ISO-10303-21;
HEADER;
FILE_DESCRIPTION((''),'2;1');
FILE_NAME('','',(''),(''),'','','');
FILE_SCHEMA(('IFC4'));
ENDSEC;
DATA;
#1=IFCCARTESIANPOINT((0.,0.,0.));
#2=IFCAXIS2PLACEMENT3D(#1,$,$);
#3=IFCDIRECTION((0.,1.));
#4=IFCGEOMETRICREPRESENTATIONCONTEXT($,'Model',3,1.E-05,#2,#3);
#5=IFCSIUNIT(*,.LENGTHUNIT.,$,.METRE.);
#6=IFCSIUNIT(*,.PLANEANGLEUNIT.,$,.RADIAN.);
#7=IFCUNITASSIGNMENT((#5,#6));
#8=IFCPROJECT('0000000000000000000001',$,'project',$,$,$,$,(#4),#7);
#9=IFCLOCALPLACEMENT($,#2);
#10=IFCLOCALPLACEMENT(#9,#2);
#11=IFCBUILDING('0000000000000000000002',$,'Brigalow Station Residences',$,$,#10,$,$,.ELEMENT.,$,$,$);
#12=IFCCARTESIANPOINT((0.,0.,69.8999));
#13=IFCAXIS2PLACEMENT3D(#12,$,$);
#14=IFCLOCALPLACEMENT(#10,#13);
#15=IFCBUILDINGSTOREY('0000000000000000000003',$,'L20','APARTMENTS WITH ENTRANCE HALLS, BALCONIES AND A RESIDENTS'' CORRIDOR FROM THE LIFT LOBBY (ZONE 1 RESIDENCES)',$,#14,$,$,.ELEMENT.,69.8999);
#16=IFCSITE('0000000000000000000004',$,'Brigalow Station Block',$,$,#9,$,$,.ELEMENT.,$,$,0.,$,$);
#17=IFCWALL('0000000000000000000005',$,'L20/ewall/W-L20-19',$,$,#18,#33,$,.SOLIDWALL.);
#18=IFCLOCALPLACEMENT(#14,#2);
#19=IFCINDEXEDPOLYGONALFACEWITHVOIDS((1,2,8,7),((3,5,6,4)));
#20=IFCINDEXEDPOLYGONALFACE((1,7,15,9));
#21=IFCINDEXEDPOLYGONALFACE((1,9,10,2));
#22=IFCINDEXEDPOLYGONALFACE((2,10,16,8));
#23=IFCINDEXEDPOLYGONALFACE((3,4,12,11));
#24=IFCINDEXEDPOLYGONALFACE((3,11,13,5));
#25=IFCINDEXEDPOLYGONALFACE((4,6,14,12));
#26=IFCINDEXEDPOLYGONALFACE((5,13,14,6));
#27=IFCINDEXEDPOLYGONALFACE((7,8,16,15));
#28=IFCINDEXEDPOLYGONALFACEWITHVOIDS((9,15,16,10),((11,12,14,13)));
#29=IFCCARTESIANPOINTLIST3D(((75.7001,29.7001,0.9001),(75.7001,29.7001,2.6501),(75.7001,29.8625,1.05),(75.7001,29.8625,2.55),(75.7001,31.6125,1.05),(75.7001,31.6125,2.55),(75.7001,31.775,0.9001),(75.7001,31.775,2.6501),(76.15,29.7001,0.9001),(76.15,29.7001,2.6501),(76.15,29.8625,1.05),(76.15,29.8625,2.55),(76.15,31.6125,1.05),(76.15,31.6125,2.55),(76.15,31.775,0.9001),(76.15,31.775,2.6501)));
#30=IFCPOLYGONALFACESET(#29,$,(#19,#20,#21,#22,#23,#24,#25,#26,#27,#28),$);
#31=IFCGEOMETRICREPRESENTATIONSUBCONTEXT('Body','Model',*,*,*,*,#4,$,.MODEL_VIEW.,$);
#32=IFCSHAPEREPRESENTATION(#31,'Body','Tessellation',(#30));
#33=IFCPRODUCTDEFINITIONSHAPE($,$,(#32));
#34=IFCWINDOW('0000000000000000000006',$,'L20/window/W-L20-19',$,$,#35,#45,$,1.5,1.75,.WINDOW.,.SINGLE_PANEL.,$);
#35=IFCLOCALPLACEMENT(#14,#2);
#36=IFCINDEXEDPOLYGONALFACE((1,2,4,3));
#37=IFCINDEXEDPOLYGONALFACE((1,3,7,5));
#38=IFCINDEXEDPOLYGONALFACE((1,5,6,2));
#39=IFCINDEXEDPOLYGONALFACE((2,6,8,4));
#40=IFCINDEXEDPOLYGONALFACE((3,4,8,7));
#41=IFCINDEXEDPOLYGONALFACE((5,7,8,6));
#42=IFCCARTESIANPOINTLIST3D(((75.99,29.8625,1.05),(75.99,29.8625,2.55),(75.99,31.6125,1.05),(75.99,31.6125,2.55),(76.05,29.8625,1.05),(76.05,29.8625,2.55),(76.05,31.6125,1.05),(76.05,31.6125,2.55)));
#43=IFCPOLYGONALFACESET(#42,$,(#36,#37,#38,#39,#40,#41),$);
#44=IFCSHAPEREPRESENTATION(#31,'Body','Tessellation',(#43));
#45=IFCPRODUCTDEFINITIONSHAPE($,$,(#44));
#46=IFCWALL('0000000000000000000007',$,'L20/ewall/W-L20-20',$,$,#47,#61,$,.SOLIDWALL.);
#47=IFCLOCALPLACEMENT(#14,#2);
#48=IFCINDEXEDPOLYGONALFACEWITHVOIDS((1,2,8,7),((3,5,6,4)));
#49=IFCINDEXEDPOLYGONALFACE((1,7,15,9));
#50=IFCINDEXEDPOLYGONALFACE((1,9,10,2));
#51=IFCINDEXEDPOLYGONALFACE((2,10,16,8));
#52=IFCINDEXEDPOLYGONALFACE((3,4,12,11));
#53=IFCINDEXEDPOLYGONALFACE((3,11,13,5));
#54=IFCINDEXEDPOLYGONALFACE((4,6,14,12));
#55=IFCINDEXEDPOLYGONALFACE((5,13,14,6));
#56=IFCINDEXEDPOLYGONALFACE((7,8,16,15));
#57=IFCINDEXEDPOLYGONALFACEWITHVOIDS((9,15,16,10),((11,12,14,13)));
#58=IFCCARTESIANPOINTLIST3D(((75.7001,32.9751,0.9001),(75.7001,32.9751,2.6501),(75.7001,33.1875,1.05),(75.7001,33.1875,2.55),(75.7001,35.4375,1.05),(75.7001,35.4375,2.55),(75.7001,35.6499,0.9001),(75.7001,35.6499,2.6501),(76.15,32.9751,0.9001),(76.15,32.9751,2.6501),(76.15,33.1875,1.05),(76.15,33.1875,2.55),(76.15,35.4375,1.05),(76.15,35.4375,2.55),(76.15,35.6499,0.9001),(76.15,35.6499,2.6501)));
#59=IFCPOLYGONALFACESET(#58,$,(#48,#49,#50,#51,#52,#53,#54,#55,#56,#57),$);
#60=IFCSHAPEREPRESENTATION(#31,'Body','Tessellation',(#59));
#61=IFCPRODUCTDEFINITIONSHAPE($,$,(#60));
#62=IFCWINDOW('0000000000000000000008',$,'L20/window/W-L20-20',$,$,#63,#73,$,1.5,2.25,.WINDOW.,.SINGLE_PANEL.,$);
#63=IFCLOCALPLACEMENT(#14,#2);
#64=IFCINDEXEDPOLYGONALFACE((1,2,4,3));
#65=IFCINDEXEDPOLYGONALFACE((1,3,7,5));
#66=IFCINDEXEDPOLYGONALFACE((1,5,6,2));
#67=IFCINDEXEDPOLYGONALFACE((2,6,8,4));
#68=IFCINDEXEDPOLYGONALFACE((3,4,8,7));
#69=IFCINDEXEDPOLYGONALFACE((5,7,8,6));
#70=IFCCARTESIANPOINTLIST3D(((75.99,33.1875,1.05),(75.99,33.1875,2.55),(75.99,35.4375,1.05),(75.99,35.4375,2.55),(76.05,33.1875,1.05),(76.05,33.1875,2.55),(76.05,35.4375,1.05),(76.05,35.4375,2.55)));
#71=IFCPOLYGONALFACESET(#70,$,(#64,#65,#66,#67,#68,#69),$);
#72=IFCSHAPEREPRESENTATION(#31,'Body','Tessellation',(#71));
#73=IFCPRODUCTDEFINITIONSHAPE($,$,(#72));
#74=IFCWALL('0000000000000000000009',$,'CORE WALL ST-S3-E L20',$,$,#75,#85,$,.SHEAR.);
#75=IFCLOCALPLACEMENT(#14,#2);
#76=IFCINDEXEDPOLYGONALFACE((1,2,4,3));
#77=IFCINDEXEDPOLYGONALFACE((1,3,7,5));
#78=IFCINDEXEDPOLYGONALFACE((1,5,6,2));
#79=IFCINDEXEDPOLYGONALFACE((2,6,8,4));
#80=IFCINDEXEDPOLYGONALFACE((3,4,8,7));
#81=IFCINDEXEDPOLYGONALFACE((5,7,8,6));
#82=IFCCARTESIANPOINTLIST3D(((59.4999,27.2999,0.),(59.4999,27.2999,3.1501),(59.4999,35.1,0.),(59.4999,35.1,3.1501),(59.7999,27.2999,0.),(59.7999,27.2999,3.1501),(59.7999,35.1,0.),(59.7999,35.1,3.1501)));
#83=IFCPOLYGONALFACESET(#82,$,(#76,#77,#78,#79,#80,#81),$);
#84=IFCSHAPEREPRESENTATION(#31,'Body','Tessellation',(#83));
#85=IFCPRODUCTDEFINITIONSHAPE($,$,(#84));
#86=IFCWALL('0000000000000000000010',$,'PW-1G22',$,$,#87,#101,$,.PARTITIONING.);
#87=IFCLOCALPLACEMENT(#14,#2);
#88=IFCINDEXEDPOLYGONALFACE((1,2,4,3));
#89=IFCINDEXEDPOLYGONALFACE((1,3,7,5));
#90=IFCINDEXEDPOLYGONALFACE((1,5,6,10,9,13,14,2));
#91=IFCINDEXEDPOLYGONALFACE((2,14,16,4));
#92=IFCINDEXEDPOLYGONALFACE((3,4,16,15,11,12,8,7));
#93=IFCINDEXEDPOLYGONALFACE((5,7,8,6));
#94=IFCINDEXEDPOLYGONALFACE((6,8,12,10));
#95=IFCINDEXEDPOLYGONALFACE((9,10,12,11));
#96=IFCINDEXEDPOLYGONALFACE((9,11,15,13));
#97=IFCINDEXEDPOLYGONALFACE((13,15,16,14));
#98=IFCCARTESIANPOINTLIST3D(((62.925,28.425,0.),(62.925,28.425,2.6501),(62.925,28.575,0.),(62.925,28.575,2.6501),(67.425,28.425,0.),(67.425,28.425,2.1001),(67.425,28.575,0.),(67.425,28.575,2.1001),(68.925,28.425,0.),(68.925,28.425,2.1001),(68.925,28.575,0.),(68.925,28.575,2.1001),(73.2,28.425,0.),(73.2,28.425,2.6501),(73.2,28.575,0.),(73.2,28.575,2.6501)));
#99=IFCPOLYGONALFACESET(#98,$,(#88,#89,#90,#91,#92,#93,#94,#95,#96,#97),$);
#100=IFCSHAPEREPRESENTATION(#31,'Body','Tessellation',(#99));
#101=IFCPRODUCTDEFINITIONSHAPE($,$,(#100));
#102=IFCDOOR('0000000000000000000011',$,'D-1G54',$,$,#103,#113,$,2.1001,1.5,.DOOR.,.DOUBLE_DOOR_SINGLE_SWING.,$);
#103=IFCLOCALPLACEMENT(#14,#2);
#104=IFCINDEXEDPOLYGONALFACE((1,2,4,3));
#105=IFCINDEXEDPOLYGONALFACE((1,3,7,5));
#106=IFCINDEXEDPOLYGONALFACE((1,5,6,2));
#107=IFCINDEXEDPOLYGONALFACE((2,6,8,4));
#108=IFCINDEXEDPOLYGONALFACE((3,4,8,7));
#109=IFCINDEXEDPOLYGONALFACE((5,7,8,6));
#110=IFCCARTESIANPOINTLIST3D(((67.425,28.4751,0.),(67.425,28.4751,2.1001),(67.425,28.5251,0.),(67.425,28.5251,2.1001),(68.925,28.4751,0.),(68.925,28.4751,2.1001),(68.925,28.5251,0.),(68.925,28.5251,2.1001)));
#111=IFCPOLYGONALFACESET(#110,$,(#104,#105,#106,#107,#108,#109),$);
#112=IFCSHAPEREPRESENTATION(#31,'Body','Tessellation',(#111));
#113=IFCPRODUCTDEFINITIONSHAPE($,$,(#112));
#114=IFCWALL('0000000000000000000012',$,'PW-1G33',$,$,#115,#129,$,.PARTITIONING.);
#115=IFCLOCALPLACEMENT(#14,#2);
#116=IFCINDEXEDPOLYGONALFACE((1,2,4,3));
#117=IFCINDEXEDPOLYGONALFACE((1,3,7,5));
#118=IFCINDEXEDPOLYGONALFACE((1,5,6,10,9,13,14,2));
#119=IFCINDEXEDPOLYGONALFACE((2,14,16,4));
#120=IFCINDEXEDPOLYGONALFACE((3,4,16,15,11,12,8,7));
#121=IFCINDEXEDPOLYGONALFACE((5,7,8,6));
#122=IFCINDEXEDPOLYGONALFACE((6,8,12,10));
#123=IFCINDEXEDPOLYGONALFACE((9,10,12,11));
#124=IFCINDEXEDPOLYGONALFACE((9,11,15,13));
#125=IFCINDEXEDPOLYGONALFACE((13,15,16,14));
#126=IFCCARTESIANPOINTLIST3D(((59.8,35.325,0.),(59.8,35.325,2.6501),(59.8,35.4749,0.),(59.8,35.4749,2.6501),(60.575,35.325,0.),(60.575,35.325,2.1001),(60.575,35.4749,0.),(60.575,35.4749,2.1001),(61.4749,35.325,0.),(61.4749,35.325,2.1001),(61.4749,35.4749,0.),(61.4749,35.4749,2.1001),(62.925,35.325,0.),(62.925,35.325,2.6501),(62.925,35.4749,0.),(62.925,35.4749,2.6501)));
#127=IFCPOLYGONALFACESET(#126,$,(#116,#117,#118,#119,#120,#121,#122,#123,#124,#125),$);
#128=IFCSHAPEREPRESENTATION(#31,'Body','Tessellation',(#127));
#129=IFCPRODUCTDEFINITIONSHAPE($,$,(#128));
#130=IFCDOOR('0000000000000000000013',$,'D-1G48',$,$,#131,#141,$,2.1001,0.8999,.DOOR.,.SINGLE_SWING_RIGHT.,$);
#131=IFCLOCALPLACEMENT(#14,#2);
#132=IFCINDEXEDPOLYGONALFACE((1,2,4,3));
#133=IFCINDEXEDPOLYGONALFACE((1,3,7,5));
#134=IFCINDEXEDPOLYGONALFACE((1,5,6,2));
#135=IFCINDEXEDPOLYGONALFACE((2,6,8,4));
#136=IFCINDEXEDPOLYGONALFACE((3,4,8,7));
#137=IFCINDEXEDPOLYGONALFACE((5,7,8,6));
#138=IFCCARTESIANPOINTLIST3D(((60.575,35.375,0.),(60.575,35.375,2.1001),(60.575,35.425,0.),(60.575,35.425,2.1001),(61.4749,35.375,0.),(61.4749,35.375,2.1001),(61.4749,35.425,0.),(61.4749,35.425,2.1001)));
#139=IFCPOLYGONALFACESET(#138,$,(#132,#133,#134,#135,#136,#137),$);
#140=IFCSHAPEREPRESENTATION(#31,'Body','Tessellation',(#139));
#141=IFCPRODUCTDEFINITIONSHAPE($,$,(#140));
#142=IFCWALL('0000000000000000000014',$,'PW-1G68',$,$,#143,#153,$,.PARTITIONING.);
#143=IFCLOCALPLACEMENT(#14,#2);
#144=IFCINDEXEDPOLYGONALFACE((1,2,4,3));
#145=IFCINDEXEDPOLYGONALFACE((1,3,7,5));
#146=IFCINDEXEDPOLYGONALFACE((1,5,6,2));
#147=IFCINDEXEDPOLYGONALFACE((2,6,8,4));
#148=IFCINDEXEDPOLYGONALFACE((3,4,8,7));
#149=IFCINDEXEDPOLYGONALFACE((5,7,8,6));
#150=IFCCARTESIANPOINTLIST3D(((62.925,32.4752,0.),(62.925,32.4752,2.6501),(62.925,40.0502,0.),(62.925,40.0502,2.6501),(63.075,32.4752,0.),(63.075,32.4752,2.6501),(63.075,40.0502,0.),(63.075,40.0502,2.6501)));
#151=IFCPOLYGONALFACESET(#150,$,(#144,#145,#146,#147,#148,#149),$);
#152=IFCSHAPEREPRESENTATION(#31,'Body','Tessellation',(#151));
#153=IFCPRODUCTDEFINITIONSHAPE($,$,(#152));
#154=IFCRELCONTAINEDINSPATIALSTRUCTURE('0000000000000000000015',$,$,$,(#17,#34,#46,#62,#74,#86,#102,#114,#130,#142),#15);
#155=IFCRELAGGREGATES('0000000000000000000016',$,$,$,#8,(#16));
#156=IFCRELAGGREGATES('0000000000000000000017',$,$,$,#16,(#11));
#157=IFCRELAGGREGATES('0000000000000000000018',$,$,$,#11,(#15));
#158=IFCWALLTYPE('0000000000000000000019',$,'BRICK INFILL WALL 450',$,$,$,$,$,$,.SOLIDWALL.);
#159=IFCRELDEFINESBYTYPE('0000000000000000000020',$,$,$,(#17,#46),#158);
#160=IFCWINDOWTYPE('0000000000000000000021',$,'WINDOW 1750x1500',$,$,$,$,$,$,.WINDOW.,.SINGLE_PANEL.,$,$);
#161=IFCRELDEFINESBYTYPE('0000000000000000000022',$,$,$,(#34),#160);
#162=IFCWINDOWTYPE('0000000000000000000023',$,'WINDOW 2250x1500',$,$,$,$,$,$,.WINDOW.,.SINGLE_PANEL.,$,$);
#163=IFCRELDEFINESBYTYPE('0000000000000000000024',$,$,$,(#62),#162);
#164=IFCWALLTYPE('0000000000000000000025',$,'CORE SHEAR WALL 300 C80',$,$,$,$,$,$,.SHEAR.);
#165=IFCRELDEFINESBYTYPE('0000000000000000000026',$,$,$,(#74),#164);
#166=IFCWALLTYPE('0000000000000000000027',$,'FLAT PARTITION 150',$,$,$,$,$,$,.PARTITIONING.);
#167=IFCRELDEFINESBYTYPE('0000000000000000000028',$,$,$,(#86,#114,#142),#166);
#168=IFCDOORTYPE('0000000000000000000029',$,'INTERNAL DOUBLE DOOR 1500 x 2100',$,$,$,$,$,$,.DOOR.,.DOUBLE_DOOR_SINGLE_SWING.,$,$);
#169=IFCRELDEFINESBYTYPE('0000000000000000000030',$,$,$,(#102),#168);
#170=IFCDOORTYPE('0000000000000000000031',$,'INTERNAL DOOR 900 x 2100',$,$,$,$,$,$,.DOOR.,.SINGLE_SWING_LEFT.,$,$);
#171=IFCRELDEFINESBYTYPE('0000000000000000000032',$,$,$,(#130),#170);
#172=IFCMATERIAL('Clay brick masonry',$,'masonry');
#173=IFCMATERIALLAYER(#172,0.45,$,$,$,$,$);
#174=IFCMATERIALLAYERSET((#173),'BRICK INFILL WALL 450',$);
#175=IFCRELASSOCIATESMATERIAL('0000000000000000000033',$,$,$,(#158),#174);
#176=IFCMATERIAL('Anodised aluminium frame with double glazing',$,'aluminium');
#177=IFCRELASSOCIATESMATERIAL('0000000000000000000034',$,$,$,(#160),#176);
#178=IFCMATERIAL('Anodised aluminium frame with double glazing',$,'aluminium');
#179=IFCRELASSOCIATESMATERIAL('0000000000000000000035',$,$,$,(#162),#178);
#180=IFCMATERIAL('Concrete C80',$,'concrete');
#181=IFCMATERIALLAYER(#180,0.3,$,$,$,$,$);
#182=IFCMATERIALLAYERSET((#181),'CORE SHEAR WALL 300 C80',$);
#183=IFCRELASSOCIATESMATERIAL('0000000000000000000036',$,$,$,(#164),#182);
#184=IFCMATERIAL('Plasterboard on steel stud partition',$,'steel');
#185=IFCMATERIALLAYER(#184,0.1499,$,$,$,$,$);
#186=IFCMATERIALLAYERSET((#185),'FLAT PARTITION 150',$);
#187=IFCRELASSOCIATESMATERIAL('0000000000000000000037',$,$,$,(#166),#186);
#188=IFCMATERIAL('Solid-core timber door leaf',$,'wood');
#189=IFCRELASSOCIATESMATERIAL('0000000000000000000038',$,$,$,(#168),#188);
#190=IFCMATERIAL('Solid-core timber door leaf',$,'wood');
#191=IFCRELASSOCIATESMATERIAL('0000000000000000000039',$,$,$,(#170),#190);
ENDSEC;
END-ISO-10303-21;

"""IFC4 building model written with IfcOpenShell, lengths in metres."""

from ifc_helpers import new_model, si_unit, direction, frame, frame_2d, origin, place, context, subcontext, project, spatial, rectangle, extrude, material, layer, layer_set, type_object, element, fill, save


model = new_model("IFC4")

# Units and contexts
model_context = context("Model", 3, precision=1e-05, world=origin(), true_north=direction((0.0, 1.0)))
body_context = subcontext(model_context, "Body", "Model", "MODEL_VIEW")
ifc_project = project(units=[si_unit("LENGTHUNIT", "METRE"), si_unit("PLANEANGLEUNIT", "RADIAN")], contexts=[model_context])

# Site, building, storey
site_placement = place(None, origin())
site = spatial("IfcSite", under=ifc_project, at=site_placement, Name="Brigalow Station Block", CompositionType="ELEMENT", RefElevation=0.0)
building_placement = place(site_placement, origin())
building = spatial("IfcBuilding", under=site, at=building_placement, Name="Brigalow Station Residences", CompositionType="ELEMENT")
storey_placement = place(building_placement, frame((0.0, 0.0, 69.8999)))
storey = spatial("IfcBuildingStorey", under=building, at=storey_placement, Name="L20", Description="APARTMENTS WITH ENTRANCE HALLS, BALCONIES AND A RESIDENTS' CORRIDOR FROM THE LIFT LOBBY (ZONE 1 RESIDENCES)", CompositionType="ELEMENT", Elevation=69.8999)

# Shared definitions
ifc_material_1 = material(Name="Clay brick masonry", Category="masonry")
ifc_layer_1 = layer(ifc_material_1, 0.45)
ifc_layer_set_1 = layer_set([ifc_layer_1], Name="BRICK INFILL WALL 450")
wall_type_1 = type_object("IfcWallType", Name="BRICK INFILL WALL 450", PredefinedType="SOLIDWALL", material=ifc_layer_set_1)

# Walls, openings, windows
wall_1_placement = place(storey_placement, frame((75.925, 29.7, 0.9001), z_axis=(0.0, 0.0, 1.0), x_axis=(0.0, 1.0, 0.0)))
wall_1 = element("IfcWall", 1, at=wall_1_placement, inside=storey, type_object=wall_type_1, Name="L20/ewall/W-L20-19", PredefinedType="SOLIDWALL", context=body_context, shape_type="SweptSolid", body=[
    extrude(rectangle(XDim=2.075, YDim=0.45, at=frame_2d((1.0376, 0.0))), origin(), (0.0, 0.0, 1.0), 1.75),
])
opening_1_placement = place(wall_1_placement, frame((0.1626, 0.0, 0.1499)))
opening_1 = element("IfcOpeningElement", 2, at=opening_1_placement, cuts=wall_1, PredefinedType="OPENING", context=body_context, shape_type="SweptSolid", body=[
    extrude(rectangle(XDim=1.75, YDim=1.5, at=frame_2d((0.875, 0.75))), frame((0.0, 0.2349, 0.0), z_axis=(0.0, -1.0, 0.0), x_axis=(1.0, 0.0, 0.0)), (0.0, 0.0, 1.0), 0.47),
])
ifc_material_2 = material(Name="Anodised aluminium frame with double glazing", Category="aluminium")
window_type_1 = type_object("IfcWindowType", Name="WINDOW 1750x1500", PartitioningType="SINGLE_PANEL", PredefinedType="WINDOW", material=ifc_material_2)
window_1_placement = place(opening_1_placement, origin())
window_1 = element("IfcWindow", 3, at=window_1_placement, inside=storey, type_object=window_type_1, Name="L20/window/W-L20-19", OverallHeight=1.5, OverallWidth=1.75, PartitioningType="SINGLE_PANEL", PredefinedType="WINDOW", context=body_context, shape_type="SweptSolid", body=[
    extrude(rectangle(XDim=1.75, YDim=1.5, at=frame_2d((0.875, 0.75))), frame((0.0, -0.0649, 0.0), z_axis=(0.0, -1.0, 0.0), x_axis=(1.0, 0.0, 0.0)), (0.0, 0.0, 1.0), 0.0601),
])
fill(opening_1, window_1)
wall_2_placement = place(storey_placement, frame((75.925, 32.9751, 0.9001), z_axis=(0.0, 0.0, 1.0), x_axis=(0.0, 1.0, 0.0)))
wall_2 = element("IfcWall", 4, at=wall_2_placement, inside=storey, type_object=wall_type_1, Name="L20/ewall/W-L20-20", PredefinedType="SOLIDWALL", context=body_context, shape_type="SweptSolid", body=[
    extrude(rectangle(XDim=2.6748, YDim=0.45, at=frame_2d((1.3374, 0.0))), origin(), (0.0, 0.0, 1.0), 1.75),
])
opening_2_placement = place(wall_2_placement, frame((0.2124, 0.0, 0.1499)))
opening_2 = element("IfcOpeningElement", 5, at=opening_2_placement, cuts=wall_2, PredefinedType="OPENING", context=body_context, shape_type="SweptSolid", body=[
    extrude(rectangle(XDim=2.25, YDim=1.5, at=frame_2d((1.125, 0.75))), frame((0.0, 0.2349, 0.0), z_axis=(0.0, -1.0, 0.0), x_axis=(1.0, 0.0, 0.0)), (0.0, 0.0, 1.0), 0.47),
])
ifc_material_3 = material(Name="Anodised aluminium frame with double glazing", Category="aluminium")
window_type_2 = type_object("IfcWindowType", Name="WINDOW 2250x1500", PartitioningType="SINGLE_PANEL", PredefinedType="WINDOW", material=ifc_material_3)
window_2_placement = place(opening_2_placement, origin())
window_2 = element("IfcWindow", 6, at=window_2_placement, inside=storey, type_object=window_type_2, Name="L20/window/W-L20-20", OverallHeight=1.5, OverallWidth=2.25, PartitioningType="SINGLE_PANEL", PredefinedType="WINDOW", context=body_context, shape_type="SweptSolid", body=[
    extrude(rectangle(XDim=2.25, YDim=1.5, at=frame_2d((1.125, 0.75))), frame((0.0, -0.0649, 0.0), z_axis=(0.0, -1.0, 0.0), x_axis=(1.0, 0.0, 0.0)), (0.0, 0.0, 1.0), 0.0601),
])
fill(opening_2, window_2)

# Wall
ifc_material_4 = material(Name="Concrete C80", Category="concrete")
ifc_layer_2 = layer(ifc_material_4, 0.3)
ifc_layer_set_2 = layer_set([ifc_layer_2], Name="CORE SHEAR WALL 300 C80")
wall_type_2 = type_object("IfcWallType", Name="CORE SHEAR WALL 300 C80", PredefinedType="SHEAR", material=ifc_layer_set_2)
wall_3_placement = place(storey_placement, frame((59.6499, 27.3, 0.0), z_axis=(0.0, 0.0, 1.0), x_axis=(0.0, 1.0, 0.0)))
element("IfcWall", 7, at=wall_3_placement, inside=storey, type_object=wall_type_2, Name="CORE WALL ST-S3-E L20", PredefinedType="SHEAR", context=body_context, shape_type="SweptSolid", body=[
    extrude(rectangle(XDim=7.8, YDim=0.3, at=frame_2d((3.8999, 0.0))), origin(), (0.0, 0.0, 1.0), 3.1501),
])

# Walls, openings, doors
ifc_material_5 = material(Name="Plasterboard on steel stud partition", Category="steel")
ifc_layer_3 = layer(ifc_material_5, 0.1499)
ifc_layer_set_3 = layer_set([ifc_layer_3], Name="FLAT PARTITION 150")
wall_type_3 = type_object("IfcWallType", Name="FLAT PARTITION 150", PredefinedType="PARTITIONING", material=ifc_layer_set_3)
wall_4_placement = place(storey_placement, frame((62.925, 28.5, 0.0), z_axis=(0.0, 0.0, 1.0), x_axis=(1.0, 0.0, 0.0)))
wall_4 = element("IfcWall", 8, at=wall_4_placement, inside=storey, type_object=wall_type_3, Name="PW-1G22", PredefinedType="PARTITIONING", context=body_context, shape_type="SweptSolid", body=[
    extrude(rectangle(XDim=10.2749, YDim=0.1499, at=frame_2d((5.1375, 0.0))), origin(), (0.0, 0.0, 1.0), 2.6501),
])
opening_3_placement = place(wall_4_placement, frame((4.5, 0.0, 0.0)))
opening_3 = element("IfcOpeningElement", 9, at=opening_3_placement, cuts=wall_4, PredefinedType="OPENING", context=body_context, shape_type="SweptSolid", body=[
    extrude(rectangle(XDim=1.5, YDim=2.1001, at=frame_2d((0.75, 1.05))), frame((0.0, 0.085, 0.0), z_axis=(0.0, -1.0, 0.0), x_axis=(1.0, 0.0, 0.0)), (0.0, 0.0, 1.0), 0.1699),
])
ifc_material_6 = material(Name="Solid-core timber door leaf", Category="wood")
door_type_1 = type_object("IfcDoorType", Name="INTERNAL DOUBLE DOOR 1500 x 2100", OperationType="DOUBLE_DOOR_SINGLE_SWING", PredefinedType="DOOR", material=ifc_material_6)
door_1_placement = place(opening_3_placement, frame((1.5, 0.0, 0.0), z_axis=(0.0, 0.0, 1.0), x_axis=(-1.0, 0.0, 0.0)))
door_1 = element("IfcDoor", 10, at=door_1_placement, inside=storey, type_object=door_type_1, Name="D-1G54", OperationType="DOUBLE_DOOR_SINGLE_SWING", OverallHeight=2.1001, OverallWidth=1.5, PredefinedType="DOOR", context=body_context, shape_type="SweptSolid", body=[
    extrude(rectangle(XDim=1.5, YDim=2.1001, at=frame_2d((0.75, 1.05))), frame((0.0, 0.0249, 0.0), z_axis=(0.0, -1.0, 0.0), x_axis=(1.0, 0.0, 0.0)), (0.0, 0.0, 1.0), 0.05),
])
fill(opening_3, door_1)
wall_5_placement = place(storey_placement, frame((59.8, 35.3999, 0.0), z_axis=(0.0, 0.0, 1.0), x_axis=(1.0, 0.0, 0.0)))
wall_5 = element("IfcWall", 11, at=wall_5_placement, inside=storey, type_object=wall_type_3, Name="PW-1G33", PredefinedType="PARTITIONING", context=body_context, shape_type="SweptSolid", body=[
    extrude(rectangle(XDim=3.125, YDim=0.1499, at=frame_2d((1.5625, 0.0))), origin(), (0.0, 0.0, 1.0), 2.6501),
])
opening_4_placement = place(wall_5_placement, frame((0.7749, 0.0, 0.0)))
opening_4 = element("IfcOpeningElement", 12, at=opening_4_placement, cuts=wall_5, PredefinedType="OPENING", context=body_context, shape_type="SweptSolid", body=[
    extrude(rectangle(XDim=0.8999, YDim=2.1001, at=frame_2d((0.45, 1.05))), frame((0.0, 0.085, 0.0), z_axis=(0.0, -1.0, 0.0), x_axis=(1.0, 0.0, 0.0)), (0.0, 0.0, 1.0), 0.1699),
])
ifc_material_7 = material(Name="Solid-core timber door leaf", Category="wood")
door_type_2 = type_object("IfcDoorType", Name="INTERNAL DOOR 900 x 2100", OperationType="SINGLE_SWING_LEFT", PredefinedType="DOOR", material=ifc_material_7)
door_2_placement = place(opening_4_placement, frame((0.8999, 0.0, 0.0), z_axis=(0.0, 0.0, 1.0), x_axis=(-1.0, 0.0, 0.0)))
door_2 = element("IfcDoor", 13, at=door_2_placement, inside=storey, type_object=door_type_2, Name="D-1G48", OperationType="SINGLE_SWING_RIGHT", OverallHeight=2.1001, OverallWidth=0.8999, PredefinedType="DOOR", context=body_context, shape_type="SweptSolid", body=[
    extrude(rectangle(XDim=0.8999, YDim=2.1001, at=frame_2d((0.45, 1.05))), frame((0.0, 0.0249, 0.0), z_axis=(0.0, -1.0, 0.0), x_axis=(1.0, 0.0, 0.0)), (0.0, 0.0, 1.0), 0.05),
])
fill(opening_4, door_2)

# Wall
wall_6_placement = place(storey_placement, frame((63.0, 32.4751, 0.0), z_axis=(0.0, 0.0, 1.0), x_axis=(0.0, 1.0, 0.0)))
element("IfcWall", 14, at=wall_6_placement, inside=storey, type_object=wall_type_3, Name="PW-1G68", PredefinedType="PARTITIONING", context=body_context, shape_type="SweptSolid", body=[
    extrude(rectangle(XDim=7.575, YDim=0.1499, at=frame_2d((3.7876, 0.0))), origin(), (0.0, 0.0, 1.0), 2.6501),
])

save(model, "model.ifc")
